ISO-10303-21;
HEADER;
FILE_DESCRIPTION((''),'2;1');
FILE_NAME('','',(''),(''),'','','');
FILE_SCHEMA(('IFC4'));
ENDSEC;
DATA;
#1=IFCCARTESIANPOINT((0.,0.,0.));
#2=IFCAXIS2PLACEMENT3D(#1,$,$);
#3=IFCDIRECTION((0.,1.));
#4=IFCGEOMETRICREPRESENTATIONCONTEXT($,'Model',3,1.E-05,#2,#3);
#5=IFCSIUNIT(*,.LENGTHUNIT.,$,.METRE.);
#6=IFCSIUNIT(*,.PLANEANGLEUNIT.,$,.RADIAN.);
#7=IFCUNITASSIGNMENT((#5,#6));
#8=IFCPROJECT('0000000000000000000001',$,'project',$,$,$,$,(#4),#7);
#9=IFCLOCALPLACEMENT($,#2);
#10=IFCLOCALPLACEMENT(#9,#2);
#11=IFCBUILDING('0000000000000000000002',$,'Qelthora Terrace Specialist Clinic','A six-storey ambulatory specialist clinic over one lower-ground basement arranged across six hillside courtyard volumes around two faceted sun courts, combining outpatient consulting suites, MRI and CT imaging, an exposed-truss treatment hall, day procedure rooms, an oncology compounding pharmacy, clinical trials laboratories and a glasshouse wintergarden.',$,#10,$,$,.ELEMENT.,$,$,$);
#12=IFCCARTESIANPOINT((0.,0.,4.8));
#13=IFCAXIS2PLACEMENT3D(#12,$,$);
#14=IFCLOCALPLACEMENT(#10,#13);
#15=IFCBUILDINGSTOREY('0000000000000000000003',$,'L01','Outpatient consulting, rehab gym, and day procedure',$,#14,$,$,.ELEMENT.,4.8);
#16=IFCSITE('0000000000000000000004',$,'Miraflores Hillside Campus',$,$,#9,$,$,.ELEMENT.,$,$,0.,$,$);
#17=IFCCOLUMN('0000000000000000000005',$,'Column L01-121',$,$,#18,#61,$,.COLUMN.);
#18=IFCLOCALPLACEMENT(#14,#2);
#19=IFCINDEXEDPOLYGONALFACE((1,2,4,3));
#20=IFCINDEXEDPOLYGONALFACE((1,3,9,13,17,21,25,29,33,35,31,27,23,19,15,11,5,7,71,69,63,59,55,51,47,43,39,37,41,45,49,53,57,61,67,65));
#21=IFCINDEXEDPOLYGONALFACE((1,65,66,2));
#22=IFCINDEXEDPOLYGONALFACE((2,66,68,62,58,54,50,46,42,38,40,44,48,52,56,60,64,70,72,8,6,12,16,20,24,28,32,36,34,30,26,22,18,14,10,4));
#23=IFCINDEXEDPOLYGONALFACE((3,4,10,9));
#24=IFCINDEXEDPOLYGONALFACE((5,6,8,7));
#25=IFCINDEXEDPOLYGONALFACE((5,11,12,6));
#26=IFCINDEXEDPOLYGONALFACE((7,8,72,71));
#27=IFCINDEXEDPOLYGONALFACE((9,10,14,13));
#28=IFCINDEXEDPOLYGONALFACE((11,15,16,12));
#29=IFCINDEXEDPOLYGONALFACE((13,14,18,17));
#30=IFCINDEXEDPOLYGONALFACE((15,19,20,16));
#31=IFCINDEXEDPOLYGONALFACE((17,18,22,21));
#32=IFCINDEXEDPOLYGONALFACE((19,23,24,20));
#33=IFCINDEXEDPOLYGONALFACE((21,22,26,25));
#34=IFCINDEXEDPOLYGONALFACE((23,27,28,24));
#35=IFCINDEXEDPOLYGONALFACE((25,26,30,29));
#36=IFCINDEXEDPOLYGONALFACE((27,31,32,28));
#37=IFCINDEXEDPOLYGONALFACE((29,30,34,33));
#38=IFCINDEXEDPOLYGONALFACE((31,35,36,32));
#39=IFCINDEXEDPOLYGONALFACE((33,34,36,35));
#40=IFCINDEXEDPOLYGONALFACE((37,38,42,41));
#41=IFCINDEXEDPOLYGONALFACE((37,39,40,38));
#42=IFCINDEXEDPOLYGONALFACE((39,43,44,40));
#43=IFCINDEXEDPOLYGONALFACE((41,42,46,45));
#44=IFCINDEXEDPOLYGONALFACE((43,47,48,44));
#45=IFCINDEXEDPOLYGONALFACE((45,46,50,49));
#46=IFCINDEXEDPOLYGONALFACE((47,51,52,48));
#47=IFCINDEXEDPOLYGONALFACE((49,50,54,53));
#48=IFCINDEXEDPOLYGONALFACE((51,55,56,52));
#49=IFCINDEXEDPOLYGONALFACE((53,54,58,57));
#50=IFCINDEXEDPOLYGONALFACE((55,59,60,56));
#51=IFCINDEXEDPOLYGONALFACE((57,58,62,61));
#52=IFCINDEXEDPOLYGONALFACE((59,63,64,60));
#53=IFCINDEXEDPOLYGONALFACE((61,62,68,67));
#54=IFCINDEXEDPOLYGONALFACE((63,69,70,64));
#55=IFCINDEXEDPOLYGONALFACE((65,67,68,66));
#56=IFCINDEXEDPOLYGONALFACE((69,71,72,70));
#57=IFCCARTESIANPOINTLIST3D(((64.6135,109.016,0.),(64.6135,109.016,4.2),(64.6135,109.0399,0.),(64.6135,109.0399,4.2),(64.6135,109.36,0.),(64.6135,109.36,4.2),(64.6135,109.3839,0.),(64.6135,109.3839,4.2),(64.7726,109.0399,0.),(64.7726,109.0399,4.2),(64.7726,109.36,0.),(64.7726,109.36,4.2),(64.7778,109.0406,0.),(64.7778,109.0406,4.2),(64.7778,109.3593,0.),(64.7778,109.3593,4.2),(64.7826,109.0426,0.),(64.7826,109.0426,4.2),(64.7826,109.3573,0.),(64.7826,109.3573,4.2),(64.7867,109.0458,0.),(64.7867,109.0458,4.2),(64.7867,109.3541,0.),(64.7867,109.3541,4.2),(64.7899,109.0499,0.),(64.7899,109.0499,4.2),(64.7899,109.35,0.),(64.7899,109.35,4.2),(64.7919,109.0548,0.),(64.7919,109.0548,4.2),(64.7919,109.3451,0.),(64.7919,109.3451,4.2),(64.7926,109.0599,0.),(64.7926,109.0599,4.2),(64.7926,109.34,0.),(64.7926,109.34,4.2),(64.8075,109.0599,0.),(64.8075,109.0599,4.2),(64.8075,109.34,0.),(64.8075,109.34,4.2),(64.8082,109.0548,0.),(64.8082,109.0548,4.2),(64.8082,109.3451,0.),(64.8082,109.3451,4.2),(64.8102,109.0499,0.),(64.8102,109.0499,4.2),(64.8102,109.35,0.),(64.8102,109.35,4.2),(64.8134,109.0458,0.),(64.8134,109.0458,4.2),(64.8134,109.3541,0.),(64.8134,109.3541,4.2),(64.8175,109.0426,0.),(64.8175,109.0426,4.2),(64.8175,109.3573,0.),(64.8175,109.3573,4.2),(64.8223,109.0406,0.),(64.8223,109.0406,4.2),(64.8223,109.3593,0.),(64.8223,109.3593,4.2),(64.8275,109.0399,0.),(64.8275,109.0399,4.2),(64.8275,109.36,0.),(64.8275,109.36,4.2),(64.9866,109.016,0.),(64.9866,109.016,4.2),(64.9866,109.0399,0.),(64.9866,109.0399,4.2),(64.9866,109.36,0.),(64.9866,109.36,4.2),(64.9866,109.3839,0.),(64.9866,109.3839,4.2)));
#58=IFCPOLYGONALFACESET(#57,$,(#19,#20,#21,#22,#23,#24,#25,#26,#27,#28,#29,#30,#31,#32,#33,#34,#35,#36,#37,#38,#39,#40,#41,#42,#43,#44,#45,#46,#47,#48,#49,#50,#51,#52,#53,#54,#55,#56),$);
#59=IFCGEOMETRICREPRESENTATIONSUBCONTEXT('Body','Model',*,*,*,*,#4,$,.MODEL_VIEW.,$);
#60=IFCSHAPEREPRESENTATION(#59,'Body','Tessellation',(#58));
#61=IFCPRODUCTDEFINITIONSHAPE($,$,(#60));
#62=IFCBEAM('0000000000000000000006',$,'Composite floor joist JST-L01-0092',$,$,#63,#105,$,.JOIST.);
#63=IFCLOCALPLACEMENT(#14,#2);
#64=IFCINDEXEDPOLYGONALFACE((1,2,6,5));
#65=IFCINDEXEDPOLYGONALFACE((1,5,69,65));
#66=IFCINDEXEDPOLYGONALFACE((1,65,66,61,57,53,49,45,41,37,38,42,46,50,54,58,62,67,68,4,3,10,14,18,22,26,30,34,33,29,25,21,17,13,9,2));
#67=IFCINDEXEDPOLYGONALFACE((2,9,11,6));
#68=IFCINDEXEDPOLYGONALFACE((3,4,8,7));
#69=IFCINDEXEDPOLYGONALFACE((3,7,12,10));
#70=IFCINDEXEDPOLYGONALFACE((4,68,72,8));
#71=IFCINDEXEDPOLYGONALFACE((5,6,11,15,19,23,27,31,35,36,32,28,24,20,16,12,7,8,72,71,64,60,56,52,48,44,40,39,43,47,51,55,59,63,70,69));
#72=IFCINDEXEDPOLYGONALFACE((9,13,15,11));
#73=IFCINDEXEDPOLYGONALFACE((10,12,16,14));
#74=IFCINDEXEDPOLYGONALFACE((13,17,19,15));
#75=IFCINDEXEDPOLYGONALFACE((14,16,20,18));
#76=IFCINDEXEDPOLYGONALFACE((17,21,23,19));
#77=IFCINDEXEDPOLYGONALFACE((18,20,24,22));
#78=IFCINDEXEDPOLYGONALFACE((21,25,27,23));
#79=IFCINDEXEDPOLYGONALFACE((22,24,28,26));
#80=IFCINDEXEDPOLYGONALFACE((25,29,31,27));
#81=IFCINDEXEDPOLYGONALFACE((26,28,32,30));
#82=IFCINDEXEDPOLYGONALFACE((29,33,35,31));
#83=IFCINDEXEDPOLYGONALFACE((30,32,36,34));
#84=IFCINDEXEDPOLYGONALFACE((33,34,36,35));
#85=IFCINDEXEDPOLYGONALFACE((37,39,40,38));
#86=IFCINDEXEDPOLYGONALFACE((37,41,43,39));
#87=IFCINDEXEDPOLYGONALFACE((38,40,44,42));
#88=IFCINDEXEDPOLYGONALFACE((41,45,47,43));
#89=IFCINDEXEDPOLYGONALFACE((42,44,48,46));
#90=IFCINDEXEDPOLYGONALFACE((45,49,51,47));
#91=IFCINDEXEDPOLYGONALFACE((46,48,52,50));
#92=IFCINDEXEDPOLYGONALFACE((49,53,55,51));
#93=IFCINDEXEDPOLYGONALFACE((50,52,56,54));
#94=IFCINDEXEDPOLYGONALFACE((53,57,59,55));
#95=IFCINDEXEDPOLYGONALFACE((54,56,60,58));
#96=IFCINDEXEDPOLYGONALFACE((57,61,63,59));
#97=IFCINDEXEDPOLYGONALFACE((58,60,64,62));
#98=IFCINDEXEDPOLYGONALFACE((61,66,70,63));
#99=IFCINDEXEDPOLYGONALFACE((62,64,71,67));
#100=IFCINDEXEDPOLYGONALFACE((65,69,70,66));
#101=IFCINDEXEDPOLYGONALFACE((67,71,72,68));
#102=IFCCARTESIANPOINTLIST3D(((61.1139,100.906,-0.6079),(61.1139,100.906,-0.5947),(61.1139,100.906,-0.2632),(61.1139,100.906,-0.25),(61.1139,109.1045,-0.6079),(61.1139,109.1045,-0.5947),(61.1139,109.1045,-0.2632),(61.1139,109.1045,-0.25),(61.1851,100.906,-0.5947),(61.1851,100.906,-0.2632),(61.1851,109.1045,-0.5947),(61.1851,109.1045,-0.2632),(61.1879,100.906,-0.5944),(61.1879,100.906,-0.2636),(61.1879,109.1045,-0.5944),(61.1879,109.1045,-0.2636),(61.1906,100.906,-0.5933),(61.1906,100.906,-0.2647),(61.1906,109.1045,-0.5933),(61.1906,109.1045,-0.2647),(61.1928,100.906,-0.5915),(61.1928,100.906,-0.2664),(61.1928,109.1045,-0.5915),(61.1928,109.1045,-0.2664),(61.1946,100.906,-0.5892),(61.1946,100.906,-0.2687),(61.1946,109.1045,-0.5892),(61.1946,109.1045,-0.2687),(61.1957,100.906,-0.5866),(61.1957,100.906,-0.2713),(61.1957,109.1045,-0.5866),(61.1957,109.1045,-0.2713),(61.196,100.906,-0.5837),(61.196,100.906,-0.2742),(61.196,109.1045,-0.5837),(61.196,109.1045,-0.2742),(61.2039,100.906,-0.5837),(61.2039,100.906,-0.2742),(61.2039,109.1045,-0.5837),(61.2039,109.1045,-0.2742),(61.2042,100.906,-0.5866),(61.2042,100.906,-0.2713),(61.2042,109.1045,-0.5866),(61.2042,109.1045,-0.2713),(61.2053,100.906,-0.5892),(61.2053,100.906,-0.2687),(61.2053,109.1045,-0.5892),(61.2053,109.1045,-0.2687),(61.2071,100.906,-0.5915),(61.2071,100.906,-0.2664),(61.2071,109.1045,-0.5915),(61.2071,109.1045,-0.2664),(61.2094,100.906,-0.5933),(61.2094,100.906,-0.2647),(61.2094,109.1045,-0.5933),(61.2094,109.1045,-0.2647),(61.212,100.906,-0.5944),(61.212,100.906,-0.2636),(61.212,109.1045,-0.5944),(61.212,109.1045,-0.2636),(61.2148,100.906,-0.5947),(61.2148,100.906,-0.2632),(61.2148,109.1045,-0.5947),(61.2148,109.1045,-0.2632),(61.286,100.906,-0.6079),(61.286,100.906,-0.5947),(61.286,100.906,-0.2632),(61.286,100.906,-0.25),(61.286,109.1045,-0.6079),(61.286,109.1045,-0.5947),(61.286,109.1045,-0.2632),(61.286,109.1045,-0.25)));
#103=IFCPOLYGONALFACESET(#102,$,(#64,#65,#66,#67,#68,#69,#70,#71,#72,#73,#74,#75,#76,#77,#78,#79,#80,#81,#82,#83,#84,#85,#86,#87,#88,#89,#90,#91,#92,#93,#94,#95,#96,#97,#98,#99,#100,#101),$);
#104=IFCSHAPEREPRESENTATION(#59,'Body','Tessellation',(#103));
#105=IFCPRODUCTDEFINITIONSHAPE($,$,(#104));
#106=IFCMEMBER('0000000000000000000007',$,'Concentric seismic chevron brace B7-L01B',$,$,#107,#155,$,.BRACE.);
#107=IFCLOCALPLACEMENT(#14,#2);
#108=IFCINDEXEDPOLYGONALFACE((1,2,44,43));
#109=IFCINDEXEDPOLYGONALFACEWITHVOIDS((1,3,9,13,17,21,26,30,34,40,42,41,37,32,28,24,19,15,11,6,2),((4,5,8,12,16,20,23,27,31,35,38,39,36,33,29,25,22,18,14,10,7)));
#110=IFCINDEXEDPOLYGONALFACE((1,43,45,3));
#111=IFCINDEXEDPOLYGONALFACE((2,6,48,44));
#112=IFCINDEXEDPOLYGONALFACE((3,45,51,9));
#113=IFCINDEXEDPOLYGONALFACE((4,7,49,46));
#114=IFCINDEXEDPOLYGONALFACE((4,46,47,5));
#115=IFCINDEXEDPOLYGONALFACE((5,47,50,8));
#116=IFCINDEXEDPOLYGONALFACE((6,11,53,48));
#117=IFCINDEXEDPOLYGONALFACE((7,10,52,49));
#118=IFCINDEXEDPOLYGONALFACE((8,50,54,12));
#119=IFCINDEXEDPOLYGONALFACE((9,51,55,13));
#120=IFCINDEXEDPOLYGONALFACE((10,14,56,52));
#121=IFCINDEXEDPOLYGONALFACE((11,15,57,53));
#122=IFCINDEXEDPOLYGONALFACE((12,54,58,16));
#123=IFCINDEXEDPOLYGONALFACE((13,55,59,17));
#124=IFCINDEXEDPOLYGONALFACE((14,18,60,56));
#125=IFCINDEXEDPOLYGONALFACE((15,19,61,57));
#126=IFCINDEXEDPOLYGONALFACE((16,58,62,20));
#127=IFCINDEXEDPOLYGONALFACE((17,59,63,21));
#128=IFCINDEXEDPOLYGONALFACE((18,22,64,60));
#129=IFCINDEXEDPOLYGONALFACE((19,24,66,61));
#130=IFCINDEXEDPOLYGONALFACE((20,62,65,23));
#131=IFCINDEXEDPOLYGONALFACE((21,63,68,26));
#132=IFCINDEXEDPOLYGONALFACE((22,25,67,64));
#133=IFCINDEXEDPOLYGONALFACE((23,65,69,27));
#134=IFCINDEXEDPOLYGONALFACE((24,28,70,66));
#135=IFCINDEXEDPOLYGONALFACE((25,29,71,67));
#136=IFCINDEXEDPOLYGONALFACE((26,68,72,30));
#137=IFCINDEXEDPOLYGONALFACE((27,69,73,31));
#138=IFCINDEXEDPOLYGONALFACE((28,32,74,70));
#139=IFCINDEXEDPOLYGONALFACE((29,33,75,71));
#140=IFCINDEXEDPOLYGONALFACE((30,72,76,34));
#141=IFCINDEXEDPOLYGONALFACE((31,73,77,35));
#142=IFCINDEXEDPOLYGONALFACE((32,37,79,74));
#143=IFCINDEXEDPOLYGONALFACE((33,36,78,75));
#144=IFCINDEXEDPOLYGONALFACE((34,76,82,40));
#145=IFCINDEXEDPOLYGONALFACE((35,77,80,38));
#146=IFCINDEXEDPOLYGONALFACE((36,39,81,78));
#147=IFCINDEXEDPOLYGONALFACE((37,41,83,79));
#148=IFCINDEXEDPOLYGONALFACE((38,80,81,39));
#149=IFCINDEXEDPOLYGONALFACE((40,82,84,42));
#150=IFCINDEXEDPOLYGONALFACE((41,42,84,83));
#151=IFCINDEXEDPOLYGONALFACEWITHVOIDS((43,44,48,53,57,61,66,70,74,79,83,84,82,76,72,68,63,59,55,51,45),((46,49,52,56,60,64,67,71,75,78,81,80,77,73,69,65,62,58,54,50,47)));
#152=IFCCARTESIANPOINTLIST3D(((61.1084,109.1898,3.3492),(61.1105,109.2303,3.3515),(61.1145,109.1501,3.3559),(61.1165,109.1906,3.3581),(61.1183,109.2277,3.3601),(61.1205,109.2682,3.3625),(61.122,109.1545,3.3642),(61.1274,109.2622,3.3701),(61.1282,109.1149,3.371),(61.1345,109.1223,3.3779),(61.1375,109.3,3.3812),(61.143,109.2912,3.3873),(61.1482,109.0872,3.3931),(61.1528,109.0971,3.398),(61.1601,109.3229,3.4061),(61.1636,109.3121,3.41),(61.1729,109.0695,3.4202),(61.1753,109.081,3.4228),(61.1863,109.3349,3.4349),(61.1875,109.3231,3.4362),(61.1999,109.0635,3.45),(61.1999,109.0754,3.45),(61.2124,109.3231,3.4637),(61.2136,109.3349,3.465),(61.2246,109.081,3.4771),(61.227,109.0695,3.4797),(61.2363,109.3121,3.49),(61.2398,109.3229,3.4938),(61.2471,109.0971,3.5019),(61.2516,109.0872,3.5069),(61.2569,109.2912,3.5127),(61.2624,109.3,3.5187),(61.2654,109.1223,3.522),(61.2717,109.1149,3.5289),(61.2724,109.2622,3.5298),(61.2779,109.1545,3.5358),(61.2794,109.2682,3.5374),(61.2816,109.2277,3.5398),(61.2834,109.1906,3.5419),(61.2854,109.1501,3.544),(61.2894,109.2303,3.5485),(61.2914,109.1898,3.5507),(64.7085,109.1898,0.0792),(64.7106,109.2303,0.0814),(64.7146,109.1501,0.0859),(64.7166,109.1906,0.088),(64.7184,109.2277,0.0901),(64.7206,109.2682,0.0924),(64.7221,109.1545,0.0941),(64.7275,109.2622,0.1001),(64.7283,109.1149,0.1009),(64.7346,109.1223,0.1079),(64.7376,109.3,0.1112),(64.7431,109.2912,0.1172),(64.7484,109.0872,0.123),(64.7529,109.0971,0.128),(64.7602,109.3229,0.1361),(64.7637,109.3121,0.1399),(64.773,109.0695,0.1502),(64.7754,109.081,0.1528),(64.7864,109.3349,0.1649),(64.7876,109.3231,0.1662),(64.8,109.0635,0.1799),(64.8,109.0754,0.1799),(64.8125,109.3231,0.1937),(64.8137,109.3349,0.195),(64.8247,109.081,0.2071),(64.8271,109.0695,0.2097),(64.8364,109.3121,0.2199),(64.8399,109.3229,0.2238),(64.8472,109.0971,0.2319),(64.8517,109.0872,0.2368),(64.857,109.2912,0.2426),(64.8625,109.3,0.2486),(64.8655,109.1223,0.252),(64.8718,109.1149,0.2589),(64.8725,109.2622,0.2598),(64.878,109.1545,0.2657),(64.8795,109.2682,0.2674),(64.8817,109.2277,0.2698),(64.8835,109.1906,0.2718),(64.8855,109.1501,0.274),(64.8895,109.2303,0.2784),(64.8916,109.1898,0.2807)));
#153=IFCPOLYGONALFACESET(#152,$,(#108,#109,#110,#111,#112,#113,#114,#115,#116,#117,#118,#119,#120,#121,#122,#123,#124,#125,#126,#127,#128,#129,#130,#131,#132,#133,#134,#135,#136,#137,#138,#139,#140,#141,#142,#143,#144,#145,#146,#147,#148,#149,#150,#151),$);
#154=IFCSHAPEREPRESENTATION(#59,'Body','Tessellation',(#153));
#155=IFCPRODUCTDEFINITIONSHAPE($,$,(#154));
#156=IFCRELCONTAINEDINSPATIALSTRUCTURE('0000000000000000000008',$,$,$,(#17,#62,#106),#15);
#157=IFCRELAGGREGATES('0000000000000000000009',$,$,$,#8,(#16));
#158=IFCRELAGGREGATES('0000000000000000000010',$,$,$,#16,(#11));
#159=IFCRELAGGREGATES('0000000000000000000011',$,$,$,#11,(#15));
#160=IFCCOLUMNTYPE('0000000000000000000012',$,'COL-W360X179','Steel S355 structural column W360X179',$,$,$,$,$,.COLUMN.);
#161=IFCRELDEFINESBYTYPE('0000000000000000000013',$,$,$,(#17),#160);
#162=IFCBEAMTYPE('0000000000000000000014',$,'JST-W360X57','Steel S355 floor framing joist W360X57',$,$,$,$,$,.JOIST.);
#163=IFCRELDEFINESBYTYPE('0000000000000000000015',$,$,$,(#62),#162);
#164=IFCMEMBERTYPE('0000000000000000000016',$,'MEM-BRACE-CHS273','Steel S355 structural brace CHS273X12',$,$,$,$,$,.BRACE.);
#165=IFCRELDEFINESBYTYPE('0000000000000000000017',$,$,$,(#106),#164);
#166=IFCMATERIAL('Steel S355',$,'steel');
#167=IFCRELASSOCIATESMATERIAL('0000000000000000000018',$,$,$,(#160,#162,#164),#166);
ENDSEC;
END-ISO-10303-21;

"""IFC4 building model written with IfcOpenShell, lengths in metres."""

from ifc_helpers import new_model, si_unit, direction, frame, origin, origin_2d, place, context, subcontext, project, spatial, hollow_circle, i_section, extrude, material, material_profile, profile_set, type_object, element, save


model = new_model("IFC4")

# Units and contexts
model_context = context("Model", 3, precision=1e-05, world=origin(), true_north=direction((0.0, 1.0)))
body_context = subcontext(model_context, "Body", "Model", "MODEL_VIEW")
ifc_project = project(units=[si_unit("LENGTHUNIT", "METRE"), si_unit("PLANEANGLEUNIT", "RADIAN")], contexts=[model_context])

# Site, building, storey
site_placement = place(None, origin())
site = spatial("IfcSite", under=ifc_project, at=site_placement, Name="Miraflores Hillside Campus", CompositionType="ELEMENT", RefElevation=0.0)
building_placement = place(site_placement, origin())
building = spatial("IfcBuilding", under=site, at=building_placement, Name="Qelthora Terrace Specialist Clinic", Description="A six-storey ambulatory specialist clinic over one lower-ground basement arranged across six hillside courtyard volumes around two faceted sun courts, combining outpatient consulting suites, MRI and CT imaging, an exposed-truss treatment hall, day procedure rooms, an oncology compounding pharmacy, clinical trials laboratories and a glasshouse wintergarden.", CompositionType="ELEMENT")
storey_placement = place(building_placement, frame((0.0, 0.0, 4.8)))
storey = spatial("IfcBuildingStorey", under=building, at=storey_placement, Name="L01", Description="Outpatient consulting, rehab gym, and day procedure", CompositionType="ELEMENT", Elevation=4.8)

# Column
ifc_material_1 = material(Name="Steel S355", Category="steel")
ifc_material_profile_1 = material_profile(ifc_material_1, i_section(OverallWidth=0.373, OverallDepth=0.3679, WebThickness=0.0149, FlangeThickness=0.0239, FilletRadius=0.02, at=origin_2d()), Name="W360X179")
ifc_profile_set_1 = profile_set([ifc_material_profile_1], Name="Steel S355")
column_type = type_object("IfcColumnType", Name="COL-W360X179", Description="Steel S355 structural column W360X179", PredefinedType="COLUMN", material=ifc_profile_set_1)
column_placement = place(storey_placement, frame((64.8, 109.2, 0.0), z_axis=(0.0, 0.0, 1.0), x_axis=(1.0, 0.0, 0.0)))
element("IfcColumn", 1, at=column_placement, inside=storey, type_object=column_type, Name="Column L01-121", PredefinedType="COLUMN", context=body_context, shape_type="SweptSolid", body=[
    extrude(i_section(OverallWidth=0.373, OverallDepth=0.3679, WebThickness=0.0149, FlangeThickness=0.0239, FilletRadius=0.02, at=origin_2d()), origin(), (0.0, 0.0, 1.0), 4.2),
])

# Beam
ifc_material_profile_2 = material_profile(ifc_material_1, i_section(OverallWidth=0.1721, OverallDepth=0.3579, WebThickness=0.0078, FlangeThickness=0.0132, FilletRadius=0.011, at=origin_2d()), Name="W360X57")
ifc_profile_set_2 = profile_set([ifc_material_profile_2], Name="Steel S355")
beam_type_1 = type_object("IfcBeamType", Name="JST-W360X57", Description="Steel S355 floor framing joist W360X57", PredefinedType="JOIST", material=ifc_profile_set_2)
beam_1_placement = place(storey_placement, frame((61.2, 100.906, -0.429), z_axis=(0.0, 1.0, 0.0), x_axis=(-1.0, 0.0, 0.0)))
element("IfcBeam", 2, at=beam_1_placement, inside=storey, type_object=beam_type_1, Name="Composite floor joist JST-L01-0092", PredefinedType="JOIST", context=body_context, shape_type="SweptSolid", body=[
    extrude(i_section(OverallWidth=0.1721, OverallDepth=0.3579, WebThickness=0.0078, FlangeThickness=0.0132, FilletRadius=0.011, at=origin_2d()), origin(), (0.0, 0.0, 1.0), 8.1985),
])

# Member
ifc_material_profile_3 = material_profile(ifc_material_1, hollow_circle(Radius=0.1365, WallThickness=0.012, at=origin_2d()), Name="CHS273X12")
ifc_profile_set_3 = profile_set([ifc_material_profile_3], Name="Steel S355")
member_type = type_object("IfcMemberType", Name="MEM-BRACE-CHS273", Description="Steel S355 structural brace CHS273X12", PredefinedType="BRACE", material=ifc_profile_set_3)
member_placement = place(storey_placement, frame((64.8, 109.2, 0.1799), z_axis=(-0.740226, 0.0, 0.672358), x_axis=(0.0, -1.0, 0.0)))
element("IfcMember", 3, at=member_placement, inside=storey, type_object=member_type, Name="Concentric seismic chevron brace B7-L01B", PredefinedType="BRACE", context=body_context, shape_type="SweptSolid", body=[
    extrude(hollow_circle(Radius=0.1365, WallThickness=0.012, at=origin_2d()), origin(), (0.0, 0.0, 1.0), 4.8635),
])

save(model, "model.ifc")
